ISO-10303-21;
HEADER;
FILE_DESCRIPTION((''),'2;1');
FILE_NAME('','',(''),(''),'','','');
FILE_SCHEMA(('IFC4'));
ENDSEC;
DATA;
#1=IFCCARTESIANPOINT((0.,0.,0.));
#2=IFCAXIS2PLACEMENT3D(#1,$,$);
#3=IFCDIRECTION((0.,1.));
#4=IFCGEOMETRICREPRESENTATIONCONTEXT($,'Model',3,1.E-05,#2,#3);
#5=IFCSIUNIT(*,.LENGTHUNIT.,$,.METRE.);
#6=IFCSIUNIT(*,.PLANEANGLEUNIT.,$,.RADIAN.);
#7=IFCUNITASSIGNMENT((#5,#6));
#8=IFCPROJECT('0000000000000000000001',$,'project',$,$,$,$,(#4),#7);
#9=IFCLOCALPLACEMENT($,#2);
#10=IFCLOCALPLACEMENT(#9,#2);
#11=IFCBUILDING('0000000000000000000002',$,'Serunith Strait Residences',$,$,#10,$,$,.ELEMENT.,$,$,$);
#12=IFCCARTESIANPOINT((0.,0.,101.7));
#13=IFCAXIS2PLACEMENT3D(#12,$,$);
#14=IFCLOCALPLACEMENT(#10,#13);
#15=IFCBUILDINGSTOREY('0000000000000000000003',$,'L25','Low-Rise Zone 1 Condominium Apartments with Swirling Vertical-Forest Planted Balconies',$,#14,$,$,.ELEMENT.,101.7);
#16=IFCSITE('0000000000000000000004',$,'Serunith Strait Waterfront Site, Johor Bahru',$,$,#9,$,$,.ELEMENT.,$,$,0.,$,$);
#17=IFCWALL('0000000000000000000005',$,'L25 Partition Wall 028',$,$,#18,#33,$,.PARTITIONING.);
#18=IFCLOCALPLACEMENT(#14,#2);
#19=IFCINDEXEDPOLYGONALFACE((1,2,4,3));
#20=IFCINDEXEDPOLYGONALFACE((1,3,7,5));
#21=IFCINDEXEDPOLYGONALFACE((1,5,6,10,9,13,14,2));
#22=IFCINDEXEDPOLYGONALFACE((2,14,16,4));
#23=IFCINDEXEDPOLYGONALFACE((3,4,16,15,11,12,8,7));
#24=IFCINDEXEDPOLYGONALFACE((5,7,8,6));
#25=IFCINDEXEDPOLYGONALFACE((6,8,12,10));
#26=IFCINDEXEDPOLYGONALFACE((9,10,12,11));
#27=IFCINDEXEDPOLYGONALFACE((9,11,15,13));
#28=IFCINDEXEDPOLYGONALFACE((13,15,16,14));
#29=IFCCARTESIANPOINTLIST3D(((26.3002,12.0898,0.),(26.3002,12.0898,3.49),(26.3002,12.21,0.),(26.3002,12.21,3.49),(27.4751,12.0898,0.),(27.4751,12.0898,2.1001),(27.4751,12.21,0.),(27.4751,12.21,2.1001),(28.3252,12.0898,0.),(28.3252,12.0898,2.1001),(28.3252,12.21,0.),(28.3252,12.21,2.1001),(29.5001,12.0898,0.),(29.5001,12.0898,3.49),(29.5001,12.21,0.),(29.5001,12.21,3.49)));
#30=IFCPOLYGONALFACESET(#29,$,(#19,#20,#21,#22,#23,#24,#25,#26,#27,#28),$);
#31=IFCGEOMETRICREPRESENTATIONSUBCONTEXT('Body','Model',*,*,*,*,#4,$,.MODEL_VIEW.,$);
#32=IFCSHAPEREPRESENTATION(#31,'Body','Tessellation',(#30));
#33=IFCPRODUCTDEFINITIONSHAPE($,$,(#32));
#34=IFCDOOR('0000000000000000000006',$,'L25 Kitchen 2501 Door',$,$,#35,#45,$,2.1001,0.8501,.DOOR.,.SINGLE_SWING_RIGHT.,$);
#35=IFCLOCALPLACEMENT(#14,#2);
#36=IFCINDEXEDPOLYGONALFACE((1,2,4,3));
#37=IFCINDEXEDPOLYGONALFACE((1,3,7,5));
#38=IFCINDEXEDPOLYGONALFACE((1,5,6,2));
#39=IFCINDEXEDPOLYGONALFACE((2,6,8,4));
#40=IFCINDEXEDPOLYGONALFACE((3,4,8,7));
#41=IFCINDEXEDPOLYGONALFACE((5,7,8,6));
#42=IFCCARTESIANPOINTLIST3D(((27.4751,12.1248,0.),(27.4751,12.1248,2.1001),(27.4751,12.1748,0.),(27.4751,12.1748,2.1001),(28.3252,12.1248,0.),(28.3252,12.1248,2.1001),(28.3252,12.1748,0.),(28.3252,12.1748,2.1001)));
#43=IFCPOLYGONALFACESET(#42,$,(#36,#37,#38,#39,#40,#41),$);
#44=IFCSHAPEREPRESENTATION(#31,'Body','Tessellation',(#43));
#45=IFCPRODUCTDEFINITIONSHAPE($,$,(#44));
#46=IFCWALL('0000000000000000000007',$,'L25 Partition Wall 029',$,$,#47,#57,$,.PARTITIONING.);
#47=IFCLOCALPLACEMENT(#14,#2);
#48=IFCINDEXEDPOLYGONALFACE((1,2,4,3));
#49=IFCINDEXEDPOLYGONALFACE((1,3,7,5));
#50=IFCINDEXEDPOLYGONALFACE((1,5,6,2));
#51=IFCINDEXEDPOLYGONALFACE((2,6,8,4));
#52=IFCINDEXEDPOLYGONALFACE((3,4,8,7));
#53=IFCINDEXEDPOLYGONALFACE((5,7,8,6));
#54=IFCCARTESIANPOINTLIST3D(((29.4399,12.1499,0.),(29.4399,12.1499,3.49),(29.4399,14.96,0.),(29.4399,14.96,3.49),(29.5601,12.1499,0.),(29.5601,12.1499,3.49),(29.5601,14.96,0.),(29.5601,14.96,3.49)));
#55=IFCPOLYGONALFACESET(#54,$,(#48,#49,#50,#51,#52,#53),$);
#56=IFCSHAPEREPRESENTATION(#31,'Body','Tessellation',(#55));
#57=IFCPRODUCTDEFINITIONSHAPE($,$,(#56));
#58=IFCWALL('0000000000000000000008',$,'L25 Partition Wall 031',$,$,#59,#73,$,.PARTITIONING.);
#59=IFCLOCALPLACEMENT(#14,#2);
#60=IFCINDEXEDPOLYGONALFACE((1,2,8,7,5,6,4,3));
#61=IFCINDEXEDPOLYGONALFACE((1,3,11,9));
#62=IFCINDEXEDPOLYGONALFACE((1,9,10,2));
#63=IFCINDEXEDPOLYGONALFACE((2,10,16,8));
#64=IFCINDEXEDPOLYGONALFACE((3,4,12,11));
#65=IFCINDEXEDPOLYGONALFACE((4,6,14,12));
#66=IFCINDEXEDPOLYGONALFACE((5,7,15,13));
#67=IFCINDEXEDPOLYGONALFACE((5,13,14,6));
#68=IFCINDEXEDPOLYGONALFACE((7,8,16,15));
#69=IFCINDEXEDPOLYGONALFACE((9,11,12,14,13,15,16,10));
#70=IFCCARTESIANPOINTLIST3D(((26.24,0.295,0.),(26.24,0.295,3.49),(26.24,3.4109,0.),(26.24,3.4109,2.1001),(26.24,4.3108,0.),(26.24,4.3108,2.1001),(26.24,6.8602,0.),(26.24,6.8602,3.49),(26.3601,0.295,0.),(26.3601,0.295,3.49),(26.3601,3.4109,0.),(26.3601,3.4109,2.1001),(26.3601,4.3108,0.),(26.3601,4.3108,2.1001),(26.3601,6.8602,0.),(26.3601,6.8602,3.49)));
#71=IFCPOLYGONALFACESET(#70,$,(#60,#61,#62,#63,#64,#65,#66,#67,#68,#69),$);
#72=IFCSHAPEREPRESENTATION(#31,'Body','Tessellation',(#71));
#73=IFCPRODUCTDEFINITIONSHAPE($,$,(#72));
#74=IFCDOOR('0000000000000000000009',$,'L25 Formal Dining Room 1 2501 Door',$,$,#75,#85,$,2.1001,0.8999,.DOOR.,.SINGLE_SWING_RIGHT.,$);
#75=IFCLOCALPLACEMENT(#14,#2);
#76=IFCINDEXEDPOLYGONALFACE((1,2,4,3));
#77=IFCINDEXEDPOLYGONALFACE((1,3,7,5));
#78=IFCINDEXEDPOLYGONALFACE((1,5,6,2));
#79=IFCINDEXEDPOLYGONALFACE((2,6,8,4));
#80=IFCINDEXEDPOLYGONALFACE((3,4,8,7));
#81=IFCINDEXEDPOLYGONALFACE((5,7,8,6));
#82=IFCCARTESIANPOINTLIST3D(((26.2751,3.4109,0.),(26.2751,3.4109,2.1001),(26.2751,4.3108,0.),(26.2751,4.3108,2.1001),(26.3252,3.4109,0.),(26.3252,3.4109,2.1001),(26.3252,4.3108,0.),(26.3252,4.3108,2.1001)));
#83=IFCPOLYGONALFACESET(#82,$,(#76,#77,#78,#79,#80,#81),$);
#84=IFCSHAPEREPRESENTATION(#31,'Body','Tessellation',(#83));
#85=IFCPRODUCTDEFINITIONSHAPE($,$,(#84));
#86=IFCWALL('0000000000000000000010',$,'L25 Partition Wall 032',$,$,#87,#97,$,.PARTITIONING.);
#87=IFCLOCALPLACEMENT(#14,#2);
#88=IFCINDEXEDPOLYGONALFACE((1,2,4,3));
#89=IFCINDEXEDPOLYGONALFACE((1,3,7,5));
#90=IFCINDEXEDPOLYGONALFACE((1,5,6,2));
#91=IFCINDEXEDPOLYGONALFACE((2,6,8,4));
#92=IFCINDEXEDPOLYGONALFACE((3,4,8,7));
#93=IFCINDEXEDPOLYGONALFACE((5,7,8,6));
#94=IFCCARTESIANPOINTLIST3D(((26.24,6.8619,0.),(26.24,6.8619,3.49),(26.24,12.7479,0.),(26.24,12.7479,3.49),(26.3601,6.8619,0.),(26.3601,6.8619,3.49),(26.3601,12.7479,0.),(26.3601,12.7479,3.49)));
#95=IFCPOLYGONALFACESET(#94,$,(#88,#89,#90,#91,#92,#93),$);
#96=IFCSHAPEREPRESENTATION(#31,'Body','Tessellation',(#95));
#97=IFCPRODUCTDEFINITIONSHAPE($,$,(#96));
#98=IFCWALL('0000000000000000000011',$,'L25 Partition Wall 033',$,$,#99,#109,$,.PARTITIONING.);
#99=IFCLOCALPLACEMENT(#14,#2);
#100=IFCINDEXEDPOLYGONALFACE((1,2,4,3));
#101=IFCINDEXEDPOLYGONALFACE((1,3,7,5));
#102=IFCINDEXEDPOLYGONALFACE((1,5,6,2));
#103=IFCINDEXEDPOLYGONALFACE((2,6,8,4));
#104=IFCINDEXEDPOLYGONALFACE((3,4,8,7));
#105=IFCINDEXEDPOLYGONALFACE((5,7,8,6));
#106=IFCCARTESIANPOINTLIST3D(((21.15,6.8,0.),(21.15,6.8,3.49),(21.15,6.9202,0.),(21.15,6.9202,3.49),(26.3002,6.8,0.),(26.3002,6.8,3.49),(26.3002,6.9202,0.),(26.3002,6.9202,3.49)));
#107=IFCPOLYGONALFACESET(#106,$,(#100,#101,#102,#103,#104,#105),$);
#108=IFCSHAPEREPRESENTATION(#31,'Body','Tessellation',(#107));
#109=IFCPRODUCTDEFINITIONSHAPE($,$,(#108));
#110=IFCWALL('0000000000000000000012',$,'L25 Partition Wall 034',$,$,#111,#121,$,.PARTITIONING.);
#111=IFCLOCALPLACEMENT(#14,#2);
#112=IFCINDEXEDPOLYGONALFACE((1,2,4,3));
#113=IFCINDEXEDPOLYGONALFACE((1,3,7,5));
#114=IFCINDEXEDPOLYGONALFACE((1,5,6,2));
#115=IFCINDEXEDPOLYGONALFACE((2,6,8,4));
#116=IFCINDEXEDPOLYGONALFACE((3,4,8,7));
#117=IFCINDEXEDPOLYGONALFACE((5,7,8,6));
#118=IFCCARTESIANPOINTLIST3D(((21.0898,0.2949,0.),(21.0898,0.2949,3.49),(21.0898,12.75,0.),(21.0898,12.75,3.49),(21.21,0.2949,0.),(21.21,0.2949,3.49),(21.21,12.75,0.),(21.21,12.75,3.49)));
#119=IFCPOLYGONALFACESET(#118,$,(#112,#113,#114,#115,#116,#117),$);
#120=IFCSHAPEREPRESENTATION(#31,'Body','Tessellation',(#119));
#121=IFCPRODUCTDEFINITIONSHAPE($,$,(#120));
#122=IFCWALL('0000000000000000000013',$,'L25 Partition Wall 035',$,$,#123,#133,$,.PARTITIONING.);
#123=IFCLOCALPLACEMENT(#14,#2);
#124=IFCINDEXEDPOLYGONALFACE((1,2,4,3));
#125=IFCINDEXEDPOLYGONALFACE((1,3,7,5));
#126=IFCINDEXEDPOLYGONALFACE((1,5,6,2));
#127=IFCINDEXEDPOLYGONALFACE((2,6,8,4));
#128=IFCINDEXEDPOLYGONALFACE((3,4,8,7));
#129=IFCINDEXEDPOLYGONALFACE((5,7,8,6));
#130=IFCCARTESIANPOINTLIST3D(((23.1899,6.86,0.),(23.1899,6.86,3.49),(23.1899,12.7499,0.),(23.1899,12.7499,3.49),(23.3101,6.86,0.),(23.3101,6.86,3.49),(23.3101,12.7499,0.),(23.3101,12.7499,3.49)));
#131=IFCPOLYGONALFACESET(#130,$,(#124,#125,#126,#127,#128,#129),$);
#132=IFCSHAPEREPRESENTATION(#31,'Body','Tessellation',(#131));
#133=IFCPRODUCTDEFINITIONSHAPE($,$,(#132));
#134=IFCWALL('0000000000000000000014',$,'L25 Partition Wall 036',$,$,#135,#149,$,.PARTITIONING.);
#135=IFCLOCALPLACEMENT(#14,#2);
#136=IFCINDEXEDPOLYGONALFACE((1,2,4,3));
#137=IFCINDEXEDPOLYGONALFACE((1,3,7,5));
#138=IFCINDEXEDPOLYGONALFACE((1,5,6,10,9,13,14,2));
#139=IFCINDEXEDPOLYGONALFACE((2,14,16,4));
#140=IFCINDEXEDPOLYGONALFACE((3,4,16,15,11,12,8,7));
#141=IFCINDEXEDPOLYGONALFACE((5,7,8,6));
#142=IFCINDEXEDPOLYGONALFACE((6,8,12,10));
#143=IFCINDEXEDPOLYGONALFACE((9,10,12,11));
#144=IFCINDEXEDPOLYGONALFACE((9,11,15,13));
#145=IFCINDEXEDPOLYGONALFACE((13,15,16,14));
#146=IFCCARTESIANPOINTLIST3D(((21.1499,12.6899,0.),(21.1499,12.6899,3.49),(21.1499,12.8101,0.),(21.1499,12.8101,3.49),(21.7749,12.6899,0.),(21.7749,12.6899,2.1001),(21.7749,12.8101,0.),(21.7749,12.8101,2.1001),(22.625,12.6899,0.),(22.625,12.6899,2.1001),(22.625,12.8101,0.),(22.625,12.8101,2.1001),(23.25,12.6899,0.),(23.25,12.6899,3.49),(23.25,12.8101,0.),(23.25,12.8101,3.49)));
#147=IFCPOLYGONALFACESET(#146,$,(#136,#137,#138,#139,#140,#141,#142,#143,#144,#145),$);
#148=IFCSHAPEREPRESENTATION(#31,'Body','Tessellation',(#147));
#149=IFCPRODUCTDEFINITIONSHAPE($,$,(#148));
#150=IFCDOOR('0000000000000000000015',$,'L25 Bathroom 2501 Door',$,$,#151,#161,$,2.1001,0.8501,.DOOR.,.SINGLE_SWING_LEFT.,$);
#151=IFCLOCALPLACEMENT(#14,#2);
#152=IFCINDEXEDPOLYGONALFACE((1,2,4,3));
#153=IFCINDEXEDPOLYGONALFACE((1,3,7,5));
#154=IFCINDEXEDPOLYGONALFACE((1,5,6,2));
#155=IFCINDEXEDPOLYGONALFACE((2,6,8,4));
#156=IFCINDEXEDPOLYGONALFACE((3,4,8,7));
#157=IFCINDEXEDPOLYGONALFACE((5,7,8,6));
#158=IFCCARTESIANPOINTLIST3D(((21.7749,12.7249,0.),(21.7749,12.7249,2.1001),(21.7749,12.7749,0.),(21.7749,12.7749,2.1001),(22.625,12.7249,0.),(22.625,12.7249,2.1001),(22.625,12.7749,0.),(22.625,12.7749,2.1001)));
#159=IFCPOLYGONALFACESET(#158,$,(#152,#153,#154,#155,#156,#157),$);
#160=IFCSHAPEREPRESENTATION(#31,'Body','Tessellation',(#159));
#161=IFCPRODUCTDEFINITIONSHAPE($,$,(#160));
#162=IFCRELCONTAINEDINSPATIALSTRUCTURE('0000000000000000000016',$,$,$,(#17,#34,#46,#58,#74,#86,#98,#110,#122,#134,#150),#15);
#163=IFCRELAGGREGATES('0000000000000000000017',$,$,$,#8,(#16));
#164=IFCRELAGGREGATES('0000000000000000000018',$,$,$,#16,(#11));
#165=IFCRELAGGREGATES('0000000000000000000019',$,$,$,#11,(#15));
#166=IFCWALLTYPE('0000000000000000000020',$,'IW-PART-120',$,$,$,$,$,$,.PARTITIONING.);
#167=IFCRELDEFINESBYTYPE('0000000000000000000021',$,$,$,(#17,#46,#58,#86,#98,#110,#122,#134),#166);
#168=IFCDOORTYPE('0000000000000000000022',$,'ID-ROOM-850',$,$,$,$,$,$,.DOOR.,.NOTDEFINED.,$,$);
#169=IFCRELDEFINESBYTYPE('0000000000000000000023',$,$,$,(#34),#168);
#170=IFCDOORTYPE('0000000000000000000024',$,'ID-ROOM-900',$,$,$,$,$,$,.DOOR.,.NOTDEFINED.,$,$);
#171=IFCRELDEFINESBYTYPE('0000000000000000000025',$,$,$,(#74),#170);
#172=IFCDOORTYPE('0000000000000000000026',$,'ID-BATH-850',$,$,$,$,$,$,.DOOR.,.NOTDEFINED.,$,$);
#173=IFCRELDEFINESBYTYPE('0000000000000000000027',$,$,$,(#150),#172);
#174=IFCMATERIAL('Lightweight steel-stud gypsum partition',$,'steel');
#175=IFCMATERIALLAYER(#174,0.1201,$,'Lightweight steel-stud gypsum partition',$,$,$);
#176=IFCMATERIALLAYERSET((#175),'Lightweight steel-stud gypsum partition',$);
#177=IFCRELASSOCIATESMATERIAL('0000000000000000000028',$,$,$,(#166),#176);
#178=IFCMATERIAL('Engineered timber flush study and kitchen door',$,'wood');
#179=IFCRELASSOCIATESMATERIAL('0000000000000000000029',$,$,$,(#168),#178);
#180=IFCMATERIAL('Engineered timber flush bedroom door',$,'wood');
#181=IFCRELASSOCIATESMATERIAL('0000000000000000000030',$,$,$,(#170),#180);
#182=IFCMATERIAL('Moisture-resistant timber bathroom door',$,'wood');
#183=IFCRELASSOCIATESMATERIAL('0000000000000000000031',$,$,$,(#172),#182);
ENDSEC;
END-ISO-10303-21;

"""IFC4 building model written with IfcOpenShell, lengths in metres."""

from ifc_helpers import new_model, si_unit, direction, frame, frame_2d, origin, place, context, subcontext, project, spatial, rectangle, extrude, source, transform, mapped, material, layer, layer_set, type_object, element, fill, save


model = new_model("IFC4")

# Units and contexts
model_context = context("Model", 3, precision=1e-05, world=origin(), true_north=direction((0.0, 1.0)))
body_context = subcontext(model_context, "Body", "Model", "MODEL_VIEW")
ifc_project = project(units=[si_unit("LENGTHUNIT", "METRE"), si_unit("PLANEANGLEUNIT", "RADIAN")], contexts=[model_context])

# Site, building, storey
site_placement = place(None, origin())
site = spatial("IfcSite", under=ifc_project, at=site_placement, Name="Serunith Strait Waterfront Site, Johor Bahru", CompositionType="ELEMENT", RefElevation=0.0)
building_placement = place(site_placement, origin())
building = spatial("IfcBuilding", under=site, at=building_placement, Name="Serunith Strait Residences", CompositionType="ELEMENT")
storey_placement = place(building_placement, frame((0.0, 0.0, 101.7)))
storey = spatial("IfcBuildingStorey", under=building, at=storey_placement, Name="L25", Description="Low-Rise Zone 1 Condominium Apartments with Swirling Vertical-Forest Planted Balconies", CompositionType="ELEMENT", Elevation=101.7)

# Wall, opening, door
ifc_material_1 = material(Name="Lightweight steel-stud gypsum partition", Category="steel")
ifc_layer_1 = layer(ifc_material_1, 0.1201, Name="Lightweight steel-stud gypsum partition")
ifc_layer_set_1 = layer_set([ifc_layer_1], Name="Lightweight steel-stud gypsum partition")
wall_type = type_object("IfcWallType", Name="IW-PART-120", PredefinedType="PARTITIONING", material=ifc_layer_set_1)
wall_1_placement = place(storey_placement, frame((26.3, 12.1499, 0.0), z_axis=(0.0, 0.0, 1.0), x_axis=(1.0, 0.0, 0.0)))
wall_1 = element("IfcWall", 1, at=wall_1_placement, inside=storey, type_object=wall_type, Name="L25 Partition Wall 028", PredefinedType="PARTITIONING", context=body_context, shape_type="SweptSolid", body=[
    extrude(rectangle(XDim=3.2, YDim=0.1201, at=frame_2d((1.6001, 0.0))), origin(), (0.0, 0.0, 1.0), 3.49),
])
opening_1_placement = place(wall_1_placement, frame((1.175, 0.0, 0.0)))
opening_1 = element("IfcOpeningElement", 2, at=opening_1_placement, cuts=wall_1, PredefinedType="OPENING", context=body_context, shape_type="SweptSolid", body=[
    extrude(rectangle(XDim=0.8501, YDim=2.1001, at=frame_2d((0.425, 1.05))), frame((0.0, 0.0701, 0.0), z_axis=(0.0, -1.0, 0.0), x_axis=(1.0, 0.0, 0.0)), (0.0, 0.0, 1.0), 0.1401),
])
ifc_material_2 = material(Name="Engineered timber flush study and kitchen door", Category="wood")
door_type_1 = type_object("IfcDoorType", Name="ID-ROOM-850", OperationType="NOTDEFINED", PredefinedType="DOOR", material=ifc_material_2)
shared_shape_1 = source(origin(), body_context, "Body", "SweptSolid", [
    extrude(rectangle(XDim=0.8501, YDim=2.1001, at=frame_2d((0.425, 1.05))), frame((0.0, 0.0249, 0.0), z_axis=(0.0, -1.0, 0.0), x_axis=(1.0, 0.0, 0.0)), (0.0, 0.0, 1.0), 0.05),
])
door_1_placement = place(opening_1_placement, origin())
door_1 = element("IfcDoor", 3, at=door_1_placement, inside=storey, type_object=door_type_1, Name="L25 Kitchen 2501 Door", OperationType="SINGLE_SWING_RIGHT", OverallHeight=2.1001, OverallWidth=0.8501, PredefinedType="DOOR", context=body_context, shape_type="MappedRepresentation", body=[
    mapped(shared_shape_1, transform((0.0, 0.0, 0.0), scale=1.0)),
])
fill(opening_1, door_1)

# Wall
wall_2_placement = place(storey_placement, frame((29.5, 12.1499, 0.0), z_axis=(0.0, 0.0, 1.0), x_axis=(0.0, 1.0, 0.0)))
element("IfcWall", 4, at=wall_2_placement, inside=storey, type_object=wall_type, Name="L25 Partition Wall 029", PredefinedType="PARTITIONING", context=body_context, shape_type="SweptSolid", body=[
    extrude(rectangle(XDim=2.8101, YDim=0.1201, at=frame_2d((1.405, 0.0))), origin(), (0.0, 0.0, 1.0), 3.49),
])

# Wall, opening, door
wall_3_placement = place(storey_placement, frame((26.3, 0.2949, 0.0), z_axis=(0.0, 0.0, 1.0), x_axis=(0.0, 1.0, 0.0)))
wall_3 = element("IfcWall", 5, at=wall_3_placement, inside=storey, type_object=wall_type, Name="L25 Partition Wall 031", PredefinedType="PARTITIONING", context=body_context, shape_type="SweptSolid", body=[
    extrude(rectangle(XDim=6.5652, YDim=0.1201, at=frame_2d((3.2827, 0.0))), origin(), (0.0, 0.0, 1.0), 3.49),
])
opening_2_placement = place(wall_3_placement, frame((3.116, 0.0, 0.0)))
opening_2 = element("IfcOpeningElement", 6, at=opening_2_placement, cuts=wall_3, PredefinedType="OPENING", context=body_context, shape_type="SweptSolid", body=[
    extrude(rectangle(XDim=0.8999, YDim=2.1001, at=frame_2d((0.45, 1.05))), frame((0.0, 0.0701, 0.0), z_axis=(0.0, -1.0, 0.0), x_axis=(1.0, 0.0, 0.0)), (0.0, 0.0, 1.0), 0.1401),
])
ifc_material_3 = material(Name="Engineered timber flush bedroom door", Category="wood")
door_type_2 = type_object("IfcDoorType", Name="ID-ROOM-900", OperationType="NOTDEFINED", PredefinedType="DOOR", material=ifc_material_3)
shared_shape_2 = source(origin(), body_context, "Body", "SweptSolid", [
    extrude(rectangle(XDim=0.8999, YDim=2.1001, at=frame_2d((0.45, 1.05))), frame((0.0, 0.0249, 0.0), z_axis=(0.0, -1.0, 0.0), x_axis=(1.0, 0.0, 0.0)), (0.0, 0.0, 1.0), 0.05),
])
door_2_placement = place(opening_2_placement, origin())
door_2 = element("IfcDoor", 7, at=door_2_placement, inside=storey, type_object=door_type_2, Name="L25 Formal Dining Room 1 2501 Door", OperationType="SINGLE_SWING_RIGHT", OverallHeight=2.1001, OverallWidth=0.8999, PredefinedType="DOOR", context=body_context, shape_type="MappedRepresentation", body=[
    mapped(shared_shape_2, transform((0.0, 0.0, 0.0), scale=1.0)),
])
fill(opening_2, door_2)

# Walls
wall_4_placement = place(storey_placement, frame((26.3, 6.8621, 0.0), z_axis=(0.0, 0.0, 1.0), x_axis=(0.0, 1.0, 0.0)))
element("IfcWall", 8, at=wall_4_placement, inside=storey, type_object=wall_type, Name="L25 Partition Wall 032", PredefinedType="PARTITIONING", context=body_context, shape_type="SweptSolid", body=[
    extrude(rectangle(XDim=5.886, YDim=0.1201, at=frame_2d((2.9429, 0.0))), origin(), (0.0, 0.0, 1.0), 3.49),
])
wall_5_placement = place(storey_placement, frame((21.1499, 6.8601, 0.0), z_axis=(0.0, 0.0, 1.0), x_axis=(1.0, 0.0, 0.0)))
element("IfcWall", 9, at=wall_5_placement, inside=storey, type_object=wall_type, Name="L25 Partition Wall 033", PredefinedType="PARTITIONING", context=body_context, shape_type="SweptSolid", body=[
    extrude(rectangle(XDim=5.1501, YDim=0.1201, at=frame_2d((2.5752, 0.0))), origin(), (0.0, 0.0, 1.0), 3.49),
])
wall_6_placement = place(storey_placement, frame((21.1499, 0.2949, 0.0), z_axis=(0.0, 0.0, 1.0), x_axis=(0.0, 1.0, 0.0)))
element("IfcWall", 10, at=wall_6_placement, inside=storey, type_object=wall_type, Name="L25 Partition Wall 034", PredefinedType="PARTITIONING", context=body_context, shape_type="SweptSolid", body=[
    extrude(rectangle(XDim=12.4551, YDim=0.1201, at=frame_2d((6.2275, 0.0))), origin(), (0.0, 0.0, 1.0), 3.49),
])
wall_7_placement = place(storey_placement, frame((23.25, 6.8601, 0.0), z_axis=(0.0, 0.0, 1.0), x_axis=(0.0, 1.0, 0.0)))
element("IfcWall", 11, at=wall_7_placement, inside=storey, type_object=wall_type, Name="L25 Partition Wall 035", PredefinedType="PARTITIONING", context=body_context, shape_type="SweptSolid", body=[
    extrude(rectangle(XDim=5.8899, YDim=0.1201, at=frame_2d((2.9448, 0.0))), origin(), (0.0, 0.0, 1.0), 3.49),
])

# Wall, opening, door
wall_8_placement = place(storey_placement, frame((21.1499, 12.75, 0.0), z_axis=(0.0, 0.0, 1.0), x_axis=(1.0, 0.0, 0.0)))
wall_8 = element("IfcWall", 12, at=wall_8_placement, inside=storey, type_object=wall_type, Name="L25 Partition Wall 036", PredefinedType="PARTITIONING", context=body_context, shape_type="SweptSolid", body=[
    extrude(rectangle(XDim=2.1001, YDim=0.1201, at=frame_2d((1.05, 0.0))), origin(), (0.0, 0.0, 1.0), 3.49),
])
opening_3_placement = place(wall_8_placement, frame((0.625, 0.0, 0.0)))
opening_3 = element("IfcOpeningElement", 13, at=opening_3_placement, cuts=wall_8, PredefinedType="OPENING", context=body_context, shape_type="SweptSolid", body=[
    extrude(rectangle(XDim=0.8501, YDim=2.1001, at=frame_2d((0.425, 1.05))), frame((0.0, 0.0701, 0.0), z_axis=(0.0, -1.0, 0.0), x_axis=(1.0, 0.0, 0.0)), (0.0, 0.0, 1.0), 0.1401),
])
ifc_material_4 = material(Name="Moisture-resistant timber bathroom door", Category="wood")
door_type_3 = type_object("IfcDoorType", Name="ID-BATH-850", OperationType="NOTDEFINED", PredefinedType="DOOR", material=ifc_material_4)
door_3_placement = place(opening_3_placement, origin())
door_3 = element("IfcDoor", 14, at=door_3_placement, inside=storey, type_object=door_type_3, Name="L25 Bathroom 2501 Door", OperationType="SINGLE_SWING_LEFT", OverallHeight=2.1001, OverallWidth=0.8501, PredefinedType="DOOR", context=body_context, shape_type="MappedRepresentation", body=[
    mapped(shared_shape_1, transform((0.0, 0.0, 0.0), scale=1.0)),
])
fill(opening_3, door_3)

save(model, "model.ifc")
